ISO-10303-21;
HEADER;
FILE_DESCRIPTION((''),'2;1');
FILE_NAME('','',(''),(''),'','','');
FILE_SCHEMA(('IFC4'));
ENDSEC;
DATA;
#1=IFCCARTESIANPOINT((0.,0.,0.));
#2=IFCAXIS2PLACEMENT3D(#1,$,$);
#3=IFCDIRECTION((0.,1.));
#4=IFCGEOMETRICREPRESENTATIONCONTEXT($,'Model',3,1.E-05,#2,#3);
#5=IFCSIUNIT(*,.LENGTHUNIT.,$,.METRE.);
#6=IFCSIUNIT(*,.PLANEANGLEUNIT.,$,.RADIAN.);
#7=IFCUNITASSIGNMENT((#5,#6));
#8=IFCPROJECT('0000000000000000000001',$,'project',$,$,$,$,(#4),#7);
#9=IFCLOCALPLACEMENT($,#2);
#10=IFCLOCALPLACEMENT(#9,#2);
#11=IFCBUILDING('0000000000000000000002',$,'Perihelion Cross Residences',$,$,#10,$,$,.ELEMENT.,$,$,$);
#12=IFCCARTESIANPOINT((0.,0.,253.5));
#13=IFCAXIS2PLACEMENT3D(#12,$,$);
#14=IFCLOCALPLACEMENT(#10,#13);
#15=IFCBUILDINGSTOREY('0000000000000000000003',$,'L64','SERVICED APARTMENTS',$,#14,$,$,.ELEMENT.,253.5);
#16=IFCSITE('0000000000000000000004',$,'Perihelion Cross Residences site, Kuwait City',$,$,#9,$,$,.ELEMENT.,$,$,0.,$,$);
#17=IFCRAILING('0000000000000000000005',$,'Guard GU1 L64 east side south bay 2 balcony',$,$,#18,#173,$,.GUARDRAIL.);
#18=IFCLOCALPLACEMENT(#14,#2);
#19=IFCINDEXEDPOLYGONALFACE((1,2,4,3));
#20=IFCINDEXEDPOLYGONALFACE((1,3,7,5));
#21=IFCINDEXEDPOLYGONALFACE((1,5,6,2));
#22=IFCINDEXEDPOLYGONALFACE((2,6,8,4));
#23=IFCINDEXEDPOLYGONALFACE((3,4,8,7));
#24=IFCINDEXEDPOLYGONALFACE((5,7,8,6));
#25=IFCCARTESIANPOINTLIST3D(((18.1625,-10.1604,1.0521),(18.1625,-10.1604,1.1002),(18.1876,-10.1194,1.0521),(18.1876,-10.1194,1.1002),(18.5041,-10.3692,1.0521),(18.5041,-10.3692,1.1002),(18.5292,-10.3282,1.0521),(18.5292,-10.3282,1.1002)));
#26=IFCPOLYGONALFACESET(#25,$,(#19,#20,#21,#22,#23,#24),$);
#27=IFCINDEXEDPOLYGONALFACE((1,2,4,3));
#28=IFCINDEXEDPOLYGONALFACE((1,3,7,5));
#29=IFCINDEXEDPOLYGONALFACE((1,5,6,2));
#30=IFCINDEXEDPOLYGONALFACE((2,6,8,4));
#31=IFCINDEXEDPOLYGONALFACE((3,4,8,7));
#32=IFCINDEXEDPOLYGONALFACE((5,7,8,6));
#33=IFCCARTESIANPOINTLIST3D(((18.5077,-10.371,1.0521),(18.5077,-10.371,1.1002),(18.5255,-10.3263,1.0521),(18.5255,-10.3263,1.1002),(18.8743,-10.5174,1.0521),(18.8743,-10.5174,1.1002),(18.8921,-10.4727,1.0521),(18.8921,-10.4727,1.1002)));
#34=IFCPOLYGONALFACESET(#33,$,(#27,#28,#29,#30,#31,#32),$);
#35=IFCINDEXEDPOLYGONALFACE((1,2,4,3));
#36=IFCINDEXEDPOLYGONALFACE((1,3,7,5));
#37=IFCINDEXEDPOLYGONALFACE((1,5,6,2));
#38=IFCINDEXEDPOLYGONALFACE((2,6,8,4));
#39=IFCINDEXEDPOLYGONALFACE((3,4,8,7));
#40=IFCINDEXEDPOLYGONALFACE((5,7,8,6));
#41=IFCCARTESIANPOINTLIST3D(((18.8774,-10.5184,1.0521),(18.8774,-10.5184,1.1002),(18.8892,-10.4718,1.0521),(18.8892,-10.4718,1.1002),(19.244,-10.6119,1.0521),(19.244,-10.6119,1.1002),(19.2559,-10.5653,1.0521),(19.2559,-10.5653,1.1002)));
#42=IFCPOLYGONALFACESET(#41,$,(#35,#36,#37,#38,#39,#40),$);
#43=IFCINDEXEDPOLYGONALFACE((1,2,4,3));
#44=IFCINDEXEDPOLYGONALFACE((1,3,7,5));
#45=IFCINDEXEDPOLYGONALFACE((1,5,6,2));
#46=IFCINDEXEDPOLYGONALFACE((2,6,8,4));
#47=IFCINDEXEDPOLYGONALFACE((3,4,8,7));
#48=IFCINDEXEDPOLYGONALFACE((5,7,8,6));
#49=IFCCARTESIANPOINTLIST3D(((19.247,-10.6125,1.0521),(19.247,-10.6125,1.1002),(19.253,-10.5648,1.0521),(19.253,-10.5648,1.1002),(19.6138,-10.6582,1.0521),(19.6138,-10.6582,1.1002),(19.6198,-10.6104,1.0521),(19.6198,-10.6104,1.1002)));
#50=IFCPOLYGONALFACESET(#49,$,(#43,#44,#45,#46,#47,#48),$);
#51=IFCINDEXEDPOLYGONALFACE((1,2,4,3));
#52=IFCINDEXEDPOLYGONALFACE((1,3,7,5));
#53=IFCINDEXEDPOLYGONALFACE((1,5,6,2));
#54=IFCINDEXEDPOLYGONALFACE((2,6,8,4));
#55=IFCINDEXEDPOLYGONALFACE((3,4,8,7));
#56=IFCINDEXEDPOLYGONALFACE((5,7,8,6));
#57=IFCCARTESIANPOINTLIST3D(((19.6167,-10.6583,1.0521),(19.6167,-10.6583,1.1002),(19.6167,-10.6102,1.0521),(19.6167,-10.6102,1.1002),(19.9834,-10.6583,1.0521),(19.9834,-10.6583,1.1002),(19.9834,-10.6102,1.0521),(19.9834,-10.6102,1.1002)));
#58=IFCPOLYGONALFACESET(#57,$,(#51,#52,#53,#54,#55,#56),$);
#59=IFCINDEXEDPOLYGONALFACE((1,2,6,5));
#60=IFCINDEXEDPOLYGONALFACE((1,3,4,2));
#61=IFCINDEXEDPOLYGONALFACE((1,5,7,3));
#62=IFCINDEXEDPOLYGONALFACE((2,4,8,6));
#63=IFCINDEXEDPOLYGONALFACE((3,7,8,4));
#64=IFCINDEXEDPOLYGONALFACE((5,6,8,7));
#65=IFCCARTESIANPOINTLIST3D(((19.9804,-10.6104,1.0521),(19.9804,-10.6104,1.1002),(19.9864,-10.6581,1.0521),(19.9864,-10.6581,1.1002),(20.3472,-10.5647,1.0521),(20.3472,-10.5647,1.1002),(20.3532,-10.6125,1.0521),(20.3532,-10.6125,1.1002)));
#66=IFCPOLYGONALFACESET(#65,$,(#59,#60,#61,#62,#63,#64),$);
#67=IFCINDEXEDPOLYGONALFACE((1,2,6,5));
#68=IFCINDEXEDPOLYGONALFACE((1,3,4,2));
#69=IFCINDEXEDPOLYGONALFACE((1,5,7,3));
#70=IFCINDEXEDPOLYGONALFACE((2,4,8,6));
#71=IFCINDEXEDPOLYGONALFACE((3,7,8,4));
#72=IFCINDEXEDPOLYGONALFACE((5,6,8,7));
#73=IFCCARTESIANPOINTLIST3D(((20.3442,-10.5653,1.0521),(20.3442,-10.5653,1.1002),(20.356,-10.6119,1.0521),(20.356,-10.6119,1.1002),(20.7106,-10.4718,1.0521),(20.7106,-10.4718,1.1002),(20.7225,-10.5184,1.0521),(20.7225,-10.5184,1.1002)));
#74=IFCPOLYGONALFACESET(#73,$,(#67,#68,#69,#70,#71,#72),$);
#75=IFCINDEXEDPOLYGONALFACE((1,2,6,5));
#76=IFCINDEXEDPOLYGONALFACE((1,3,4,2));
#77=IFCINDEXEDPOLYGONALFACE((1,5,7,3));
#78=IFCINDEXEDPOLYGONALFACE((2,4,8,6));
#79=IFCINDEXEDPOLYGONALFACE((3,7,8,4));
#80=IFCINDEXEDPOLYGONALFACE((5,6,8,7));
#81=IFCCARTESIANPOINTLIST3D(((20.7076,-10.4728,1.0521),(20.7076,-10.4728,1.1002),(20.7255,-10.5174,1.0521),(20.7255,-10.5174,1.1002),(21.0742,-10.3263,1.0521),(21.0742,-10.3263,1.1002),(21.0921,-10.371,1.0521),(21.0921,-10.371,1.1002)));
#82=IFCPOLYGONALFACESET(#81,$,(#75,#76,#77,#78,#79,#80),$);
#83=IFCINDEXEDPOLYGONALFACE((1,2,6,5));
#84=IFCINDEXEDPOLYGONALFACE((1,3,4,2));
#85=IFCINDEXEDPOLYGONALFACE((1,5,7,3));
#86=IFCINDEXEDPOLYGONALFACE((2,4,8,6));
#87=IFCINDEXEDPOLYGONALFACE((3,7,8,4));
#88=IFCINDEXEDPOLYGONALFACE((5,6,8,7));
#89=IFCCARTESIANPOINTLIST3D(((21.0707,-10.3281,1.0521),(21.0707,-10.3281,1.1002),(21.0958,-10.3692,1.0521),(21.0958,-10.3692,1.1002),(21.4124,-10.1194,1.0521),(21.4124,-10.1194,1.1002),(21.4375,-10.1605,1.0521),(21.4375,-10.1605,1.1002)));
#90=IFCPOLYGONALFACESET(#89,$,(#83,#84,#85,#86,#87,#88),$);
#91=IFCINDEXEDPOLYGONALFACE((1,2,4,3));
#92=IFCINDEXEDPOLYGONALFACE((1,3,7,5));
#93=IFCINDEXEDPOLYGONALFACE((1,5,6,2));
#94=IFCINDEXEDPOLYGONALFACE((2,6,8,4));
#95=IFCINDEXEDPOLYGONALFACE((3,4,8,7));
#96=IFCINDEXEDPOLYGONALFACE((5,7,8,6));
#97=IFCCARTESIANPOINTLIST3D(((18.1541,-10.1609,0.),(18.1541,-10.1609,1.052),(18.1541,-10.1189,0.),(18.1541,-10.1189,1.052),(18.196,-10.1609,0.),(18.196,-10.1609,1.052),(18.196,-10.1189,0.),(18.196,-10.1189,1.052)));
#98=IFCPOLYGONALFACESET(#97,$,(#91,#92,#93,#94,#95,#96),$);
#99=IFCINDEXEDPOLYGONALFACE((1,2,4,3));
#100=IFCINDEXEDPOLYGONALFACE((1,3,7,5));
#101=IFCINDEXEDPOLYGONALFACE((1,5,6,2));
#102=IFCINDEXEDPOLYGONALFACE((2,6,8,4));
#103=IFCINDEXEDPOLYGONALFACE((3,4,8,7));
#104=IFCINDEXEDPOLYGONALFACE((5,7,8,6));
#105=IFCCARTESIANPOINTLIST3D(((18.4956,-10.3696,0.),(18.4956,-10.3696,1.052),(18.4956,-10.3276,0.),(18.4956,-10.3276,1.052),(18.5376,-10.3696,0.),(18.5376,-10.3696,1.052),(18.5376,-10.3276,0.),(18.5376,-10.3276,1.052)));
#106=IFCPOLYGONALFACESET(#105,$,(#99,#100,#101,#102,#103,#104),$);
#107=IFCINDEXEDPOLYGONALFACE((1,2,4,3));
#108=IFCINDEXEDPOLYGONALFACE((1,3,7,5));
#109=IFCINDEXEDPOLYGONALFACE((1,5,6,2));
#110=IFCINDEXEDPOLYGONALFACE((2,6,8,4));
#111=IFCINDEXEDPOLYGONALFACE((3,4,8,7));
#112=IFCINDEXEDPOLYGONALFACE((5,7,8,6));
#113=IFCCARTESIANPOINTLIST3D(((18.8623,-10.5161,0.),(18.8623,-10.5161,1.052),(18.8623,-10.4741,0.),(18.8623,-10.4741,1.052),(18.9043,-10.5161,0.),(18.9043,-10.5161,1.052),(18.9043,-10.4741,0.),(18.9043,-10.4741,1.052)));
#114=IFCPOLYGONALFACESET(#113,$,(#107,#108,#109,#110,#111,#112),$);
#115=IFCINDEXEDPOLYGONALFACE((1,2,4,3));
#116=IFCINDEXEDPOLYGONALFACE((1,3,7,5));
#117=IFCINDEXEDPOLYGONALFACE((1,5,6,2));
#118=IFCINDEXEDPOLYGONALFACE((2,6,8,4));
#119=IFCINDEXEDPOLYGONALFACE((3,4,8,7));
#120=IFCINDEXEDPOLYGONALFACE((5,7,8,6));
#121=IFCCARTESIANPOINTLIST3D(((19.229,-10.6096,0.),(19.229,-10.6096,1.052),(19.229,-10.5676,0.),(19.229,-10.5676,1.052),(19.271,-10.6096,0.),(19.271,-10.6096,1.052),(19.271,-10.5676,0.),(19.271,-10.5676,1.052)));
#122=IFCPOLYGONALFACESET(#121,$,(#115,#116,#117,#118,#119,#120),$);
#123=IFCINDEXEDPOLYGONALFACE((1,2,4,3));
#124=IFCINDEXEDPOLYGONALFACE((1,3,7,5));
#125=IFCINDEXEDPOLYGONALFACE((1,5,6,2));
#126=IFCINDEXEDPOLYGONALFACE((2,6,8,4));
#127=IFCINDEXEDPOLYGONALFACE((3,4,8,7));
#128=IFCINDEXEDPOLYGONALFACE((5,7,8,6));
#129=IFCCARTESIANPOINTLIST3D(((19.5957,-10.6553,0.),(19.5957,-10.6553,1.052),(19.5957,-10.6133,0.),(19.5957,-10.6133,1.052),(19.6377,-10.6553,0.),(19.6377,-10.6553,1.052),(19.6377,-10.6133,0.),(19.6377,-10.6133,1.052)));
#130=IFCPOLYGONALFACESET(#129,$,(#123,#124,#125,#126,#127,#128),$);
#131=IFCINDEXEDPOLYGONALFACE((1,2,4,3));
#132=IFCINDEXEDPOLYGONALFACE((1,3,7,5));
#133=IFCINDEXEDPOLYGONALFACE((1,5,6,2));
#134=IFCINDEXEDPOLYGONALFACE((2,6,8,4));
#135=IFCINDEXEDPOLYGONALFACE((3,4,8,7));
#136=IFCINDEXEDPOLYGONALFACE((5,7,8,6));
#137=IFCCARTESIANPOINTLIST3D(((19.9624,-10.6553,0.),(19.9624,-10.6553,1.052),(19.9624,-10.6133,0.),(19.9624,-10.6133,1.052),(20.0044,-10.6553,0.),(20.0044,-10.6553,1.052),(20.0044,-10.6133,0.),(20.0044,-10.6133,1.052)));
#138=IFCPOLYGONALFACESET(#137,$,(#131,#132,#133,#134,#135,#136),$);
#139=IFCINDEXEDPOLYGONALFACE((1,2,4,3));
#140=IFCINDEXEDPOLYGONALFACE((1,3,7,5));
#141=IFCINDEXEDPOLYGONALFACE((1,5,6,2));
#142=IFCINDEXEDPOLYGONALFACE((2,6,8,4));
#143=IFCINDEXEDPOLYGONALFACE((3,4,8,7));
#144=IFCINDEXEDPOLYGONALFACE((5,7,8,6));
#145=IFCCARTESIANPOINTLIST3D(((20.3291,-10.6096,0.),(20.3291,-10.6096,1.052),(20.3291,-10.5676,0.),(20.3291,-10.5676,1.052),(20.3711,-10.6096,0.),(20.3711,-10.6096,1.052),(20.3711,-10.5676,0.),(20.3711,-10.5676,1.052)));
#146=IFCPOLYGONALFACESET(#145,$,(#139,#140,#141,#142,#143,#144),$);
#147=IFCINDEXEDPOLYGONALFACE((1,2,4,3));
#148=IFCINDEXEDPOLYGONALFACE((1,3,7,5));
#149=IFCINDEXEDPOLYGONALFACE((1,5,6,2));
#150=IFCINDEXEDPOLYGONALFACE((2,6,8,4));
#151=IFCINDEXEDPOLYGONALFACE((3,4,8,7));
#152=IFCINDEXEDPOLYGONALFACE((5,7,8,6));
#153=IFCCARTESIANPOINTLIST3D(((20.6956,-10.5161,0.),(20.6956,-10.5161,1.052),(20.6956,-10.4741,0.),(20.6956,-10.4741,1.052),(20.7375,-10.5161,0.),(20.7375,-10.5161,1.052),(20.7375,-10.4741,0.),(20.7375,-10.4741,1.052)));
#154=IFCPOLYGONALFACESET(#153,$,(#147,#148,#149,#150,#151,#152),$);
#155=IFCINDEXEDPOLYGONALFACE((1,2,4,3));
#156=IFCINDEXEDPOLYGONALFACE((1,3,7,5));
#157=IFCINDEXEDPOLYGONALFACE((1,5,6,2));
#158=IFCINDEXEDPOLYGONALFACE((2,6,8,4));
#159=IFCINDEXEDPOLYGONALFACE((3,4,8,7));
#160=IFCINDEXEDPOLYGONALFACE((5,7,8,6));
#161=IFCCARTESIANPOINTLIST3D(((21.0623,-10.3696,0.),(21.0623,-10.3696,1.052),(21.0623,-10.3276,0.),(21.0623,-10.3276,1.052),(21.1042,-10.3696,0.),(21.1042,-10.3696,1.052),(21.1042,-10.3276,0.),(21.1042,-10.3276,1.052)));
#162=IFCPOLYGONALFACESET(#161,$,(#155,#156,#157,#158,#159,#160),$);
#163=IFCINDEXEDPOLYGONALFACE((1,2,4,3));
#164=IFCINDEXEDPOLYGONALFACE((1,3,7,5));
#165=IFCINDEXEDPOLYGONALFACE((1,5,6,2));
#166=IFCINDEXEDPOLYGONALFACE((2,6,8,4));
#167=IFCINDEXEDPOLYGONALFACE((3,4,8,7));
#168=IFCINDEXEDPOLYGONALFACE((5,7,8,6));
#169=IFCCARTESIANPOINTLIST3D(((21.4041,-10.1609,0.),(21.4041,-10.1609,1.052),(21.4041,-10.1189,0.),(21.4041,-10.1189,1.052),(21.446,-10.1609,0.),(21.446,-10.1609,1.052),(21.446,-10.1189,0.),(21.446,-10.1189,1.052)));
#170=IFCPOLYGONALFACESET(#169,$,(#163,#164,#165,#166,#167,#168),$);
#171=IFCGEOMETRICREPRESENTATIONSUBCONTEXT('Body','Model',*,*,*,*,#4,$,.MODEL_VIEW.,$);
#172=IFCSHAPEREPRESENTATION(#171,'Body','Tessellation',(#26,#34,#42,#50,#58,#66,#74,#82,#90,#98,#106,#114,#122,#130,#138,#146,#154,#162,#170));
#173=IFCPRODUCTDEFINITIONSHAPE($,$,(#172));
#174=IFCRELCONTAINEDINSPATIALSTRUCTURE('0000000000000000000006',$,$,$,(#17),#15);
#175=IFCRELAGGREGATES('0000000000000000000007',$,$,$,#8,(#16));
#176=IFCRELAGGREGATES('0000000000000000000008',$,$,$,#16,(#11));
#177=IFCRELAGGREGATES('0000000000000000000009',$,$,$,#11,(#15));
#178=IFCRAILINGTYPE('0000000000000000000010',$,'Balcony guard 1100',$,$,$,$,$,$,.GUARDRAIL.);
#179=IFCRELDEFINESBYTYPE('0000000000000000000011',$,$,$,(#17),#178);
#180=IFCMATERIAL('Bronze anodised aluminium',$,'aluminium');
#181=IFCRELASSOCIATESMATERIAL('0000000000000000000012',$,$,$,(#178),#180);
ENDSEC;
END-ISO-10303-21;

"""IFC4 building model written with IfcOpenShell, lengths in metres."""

from ifc_helpers import new_model, si_unit, direction, frame, origin, origin_2d, place, context, subcontext, project, spatial, rectangle, extrude, material, type_object, element, save


model = new_model("IFC4")

# Units and contexts
model_context = context("Model", 3, precision=1e-05, world=origin(), true_north=direction((0.0, 1.0)))
body_context = subcontext(model_context, "Body", "Model", "MODEL_VIEW")
ifc_project = project(units=[si_unit("LENGTHUNIT", "METRE"), si_unit("PLANEANGLEUNIT", "RADIAN")], contexts=[model_context])

# Site, building, storey
site_placement = place(None, origin())
site = spatial("IfcSite", under=ifc_project, at=site_placement, Name="Perihelion Cross Residences site, Kuwait City", CompositionType="ELEMENT", RefElevation=0.0)
building_placement = place(site_placement, origin())
building = spatial("IfcBuilding", under=site, at=building_placement, Name="Perihelion Cross Residences", CompositionType="ELEMENT")
storey_placement = place(building_placement, frame((0.0, 0.0, 253.5)))
storey = spatial("IfcBuildingStorey", under=building, at=storey_placement, Name="L64", Description="SERVICED APARTMENTS", CompositionType="ELEMENT", Elevation=253.5)

# Railing
ifc_material_1 = material(Name="Bronze anodised aluminium", Category="aluminium")
railing_type = type_object("IfcRailingType", Name="Balcony guard 1100", PredefinedType="GUARDRAIL", material=ifc_material_1)
railing_placement = place(storey_placement, frame((18.175, -10.1399, 0.0)))
element("IfcRailing", 1, at=railing_placement, inside=storey, type_object=railing_type, Name="Guard GU1 L64 east side south bay 2 balcony", PredefinedType="GUARDRAIL", context=body_context, shape_type="SweptSolid", body=[
    extrude(rectangle(XDim=0.0481, YDim=0.0481, at=origin_2d()), frame((0.0, 0.0, 1.0762), z_axis=(0.853267, -0.521475, 0.0), x_axis=(0.521475, 0.853267, 0.0)), (0.0, 0.0, 1.0), 0.4004),
    extrude(rectangle(XDim=0.0481, YDim=0.0481, at=origin_2d()), frame((0.3416, -0.2087, 1.0762), z_axis=(0.928647, -0.370964, 0.0), x_axis=(0.370964, 0.928647, 0.0)), (0.0, 0.0, 1.0), 0.3948),
    extrude(rectangle(XDim=0.0481, YDim=0.0481, at=origin_2d()), frame((0.7083, -0.3552, 1.0762), z_axis=(0.968993, -0.247087, 0.0), x_axis=(0.247087, 0.968993, 0.0)), (0.0, 0.0, 1.0), 0.3784),
    extrude(rectangle(XDim=0.0481, YDim=0.0481, at=origin_2d()), frame((1.075, -0.4487, 1.0762), z_axis=(0.992339, -0.123547, 0.0), x_axis=(0.123547, 0.992339, 0.0)), (0.0, 0.0, 1.0), 0.3696),
    extrude(rectangle(XDim=0.0481, YDim=0.0481, at=origin_2d()), frame((1.4417, -0.4944, 1.0762), z_axis=(1.0, 0.0, 0.0), x_axis=(0.0, 1.0, 0.0)), (0.0, 0.0, 1.0), 0.3667),
    extrude(rectangle(XDim=0.0481, YDim=0.0481, at=origin_2d()), frame((1.8083, -0.4944, 1.0762), z_axis=(0.992339, 0.123547, 0.0), x_axis=(-0.123547, 0.992339, 0.0)), (0.0, 0.0, 1.0), 0.3696),
    extrude(rectangle(XDim=0.0481, YDim=0.0481, at=origin_2d()), frame((2.175, -0.4487, 1.0762), z_axis=(0.968954, 0.247241, 0.0), x_axis=(-0.247241, 0.968954, 0.0)), (0.0, 0.0, 1.0), 0.3782),
    extrude(rectangle(XDim=0.0481, YDim=0.0481, at=origin_2d()), frame((2.5415, -0.3552, 1.0762), z_axis=(0.928647, 0.370964, 0.0), x_axis=(-0.370964, 0.928647, 0.0)), (0.0, 0.0, 1.0), 0.3948),
    extrude(rectangle(XDim=0.0481, YDim=0.0481, at=origin_2d()), frame((2.9082, -0.2087, 1.0762), z_axis=(0.853432, 0.521203, 0.0), x_axis=(-0.521203, 0.853432, 0.0)), (0.0, 0.0, 1.0), 0.4004),
    extrude(rectangle(XDim=0.042, YDim=0.042, at=origin_2d()), origin(), (0.0, 0.0, 1.0), 1.052),
    extrude(rectangle(XDim=0.042, YDim=0.042, at=origin_2d()), frame((0.3416, -0.2087, 0.0)), (0.0, 0.0, 1.0), 1.052),
    extrude(rectangle(XDim=0.042, YDim=0.042, at=origin_2d()), frame((0.7083, -0.3552, 0.0)), (0.0, 0.0, 1.0), 1.052),
    extrude(rectangle(XDim=0.042, YDim=0.042, at=origin_2d()), frame((1.075, -0.4487, 0.0)), (0.0, 0.0, 1.0), 1.052),
    extrude(rectangle(XDim=0.042, YDim=0.042, at=origin_2d()), frame((1.4417, -0.4944, 0.0)), (0.0, 0.0, 1.0), 1.052),
    extrude(rectangle(XDim=0.042, YDim=0.042, at=origin_2d()), frame((1.8083, -0.4944, 0.0)), (0.0, 0.0, 1.0), 1.052),
    extrude(rectangle(XDim=0.042, YDim=0.042, at=origin_2d()), frame((2.175, -0.4487, 0.0)), (0.0, 0.0, 1.0), 1.052),
    extrude(rectangle(XDim=0.042, YDim=0.042, at=origin_2d()), frame((2.5415, -0.3552, 0.0)), (0.0, 0.0, 1.0), 1.052),
    extrude(rectangle(XDim=0.042, YDim=0.042, at=origin_2d()), frame((2.9082, -0.2087, 0.0)), (0.0, 0.0, 1.0), 1.052),
    extrude(rectangle(XDim=0.042, YDim=0.042, at=origin_2d()), frame((3.25, 0.0, 0.0)), (0.0, 0.0, 1.0), 1.052),
])

save(model, "model.ifc")
